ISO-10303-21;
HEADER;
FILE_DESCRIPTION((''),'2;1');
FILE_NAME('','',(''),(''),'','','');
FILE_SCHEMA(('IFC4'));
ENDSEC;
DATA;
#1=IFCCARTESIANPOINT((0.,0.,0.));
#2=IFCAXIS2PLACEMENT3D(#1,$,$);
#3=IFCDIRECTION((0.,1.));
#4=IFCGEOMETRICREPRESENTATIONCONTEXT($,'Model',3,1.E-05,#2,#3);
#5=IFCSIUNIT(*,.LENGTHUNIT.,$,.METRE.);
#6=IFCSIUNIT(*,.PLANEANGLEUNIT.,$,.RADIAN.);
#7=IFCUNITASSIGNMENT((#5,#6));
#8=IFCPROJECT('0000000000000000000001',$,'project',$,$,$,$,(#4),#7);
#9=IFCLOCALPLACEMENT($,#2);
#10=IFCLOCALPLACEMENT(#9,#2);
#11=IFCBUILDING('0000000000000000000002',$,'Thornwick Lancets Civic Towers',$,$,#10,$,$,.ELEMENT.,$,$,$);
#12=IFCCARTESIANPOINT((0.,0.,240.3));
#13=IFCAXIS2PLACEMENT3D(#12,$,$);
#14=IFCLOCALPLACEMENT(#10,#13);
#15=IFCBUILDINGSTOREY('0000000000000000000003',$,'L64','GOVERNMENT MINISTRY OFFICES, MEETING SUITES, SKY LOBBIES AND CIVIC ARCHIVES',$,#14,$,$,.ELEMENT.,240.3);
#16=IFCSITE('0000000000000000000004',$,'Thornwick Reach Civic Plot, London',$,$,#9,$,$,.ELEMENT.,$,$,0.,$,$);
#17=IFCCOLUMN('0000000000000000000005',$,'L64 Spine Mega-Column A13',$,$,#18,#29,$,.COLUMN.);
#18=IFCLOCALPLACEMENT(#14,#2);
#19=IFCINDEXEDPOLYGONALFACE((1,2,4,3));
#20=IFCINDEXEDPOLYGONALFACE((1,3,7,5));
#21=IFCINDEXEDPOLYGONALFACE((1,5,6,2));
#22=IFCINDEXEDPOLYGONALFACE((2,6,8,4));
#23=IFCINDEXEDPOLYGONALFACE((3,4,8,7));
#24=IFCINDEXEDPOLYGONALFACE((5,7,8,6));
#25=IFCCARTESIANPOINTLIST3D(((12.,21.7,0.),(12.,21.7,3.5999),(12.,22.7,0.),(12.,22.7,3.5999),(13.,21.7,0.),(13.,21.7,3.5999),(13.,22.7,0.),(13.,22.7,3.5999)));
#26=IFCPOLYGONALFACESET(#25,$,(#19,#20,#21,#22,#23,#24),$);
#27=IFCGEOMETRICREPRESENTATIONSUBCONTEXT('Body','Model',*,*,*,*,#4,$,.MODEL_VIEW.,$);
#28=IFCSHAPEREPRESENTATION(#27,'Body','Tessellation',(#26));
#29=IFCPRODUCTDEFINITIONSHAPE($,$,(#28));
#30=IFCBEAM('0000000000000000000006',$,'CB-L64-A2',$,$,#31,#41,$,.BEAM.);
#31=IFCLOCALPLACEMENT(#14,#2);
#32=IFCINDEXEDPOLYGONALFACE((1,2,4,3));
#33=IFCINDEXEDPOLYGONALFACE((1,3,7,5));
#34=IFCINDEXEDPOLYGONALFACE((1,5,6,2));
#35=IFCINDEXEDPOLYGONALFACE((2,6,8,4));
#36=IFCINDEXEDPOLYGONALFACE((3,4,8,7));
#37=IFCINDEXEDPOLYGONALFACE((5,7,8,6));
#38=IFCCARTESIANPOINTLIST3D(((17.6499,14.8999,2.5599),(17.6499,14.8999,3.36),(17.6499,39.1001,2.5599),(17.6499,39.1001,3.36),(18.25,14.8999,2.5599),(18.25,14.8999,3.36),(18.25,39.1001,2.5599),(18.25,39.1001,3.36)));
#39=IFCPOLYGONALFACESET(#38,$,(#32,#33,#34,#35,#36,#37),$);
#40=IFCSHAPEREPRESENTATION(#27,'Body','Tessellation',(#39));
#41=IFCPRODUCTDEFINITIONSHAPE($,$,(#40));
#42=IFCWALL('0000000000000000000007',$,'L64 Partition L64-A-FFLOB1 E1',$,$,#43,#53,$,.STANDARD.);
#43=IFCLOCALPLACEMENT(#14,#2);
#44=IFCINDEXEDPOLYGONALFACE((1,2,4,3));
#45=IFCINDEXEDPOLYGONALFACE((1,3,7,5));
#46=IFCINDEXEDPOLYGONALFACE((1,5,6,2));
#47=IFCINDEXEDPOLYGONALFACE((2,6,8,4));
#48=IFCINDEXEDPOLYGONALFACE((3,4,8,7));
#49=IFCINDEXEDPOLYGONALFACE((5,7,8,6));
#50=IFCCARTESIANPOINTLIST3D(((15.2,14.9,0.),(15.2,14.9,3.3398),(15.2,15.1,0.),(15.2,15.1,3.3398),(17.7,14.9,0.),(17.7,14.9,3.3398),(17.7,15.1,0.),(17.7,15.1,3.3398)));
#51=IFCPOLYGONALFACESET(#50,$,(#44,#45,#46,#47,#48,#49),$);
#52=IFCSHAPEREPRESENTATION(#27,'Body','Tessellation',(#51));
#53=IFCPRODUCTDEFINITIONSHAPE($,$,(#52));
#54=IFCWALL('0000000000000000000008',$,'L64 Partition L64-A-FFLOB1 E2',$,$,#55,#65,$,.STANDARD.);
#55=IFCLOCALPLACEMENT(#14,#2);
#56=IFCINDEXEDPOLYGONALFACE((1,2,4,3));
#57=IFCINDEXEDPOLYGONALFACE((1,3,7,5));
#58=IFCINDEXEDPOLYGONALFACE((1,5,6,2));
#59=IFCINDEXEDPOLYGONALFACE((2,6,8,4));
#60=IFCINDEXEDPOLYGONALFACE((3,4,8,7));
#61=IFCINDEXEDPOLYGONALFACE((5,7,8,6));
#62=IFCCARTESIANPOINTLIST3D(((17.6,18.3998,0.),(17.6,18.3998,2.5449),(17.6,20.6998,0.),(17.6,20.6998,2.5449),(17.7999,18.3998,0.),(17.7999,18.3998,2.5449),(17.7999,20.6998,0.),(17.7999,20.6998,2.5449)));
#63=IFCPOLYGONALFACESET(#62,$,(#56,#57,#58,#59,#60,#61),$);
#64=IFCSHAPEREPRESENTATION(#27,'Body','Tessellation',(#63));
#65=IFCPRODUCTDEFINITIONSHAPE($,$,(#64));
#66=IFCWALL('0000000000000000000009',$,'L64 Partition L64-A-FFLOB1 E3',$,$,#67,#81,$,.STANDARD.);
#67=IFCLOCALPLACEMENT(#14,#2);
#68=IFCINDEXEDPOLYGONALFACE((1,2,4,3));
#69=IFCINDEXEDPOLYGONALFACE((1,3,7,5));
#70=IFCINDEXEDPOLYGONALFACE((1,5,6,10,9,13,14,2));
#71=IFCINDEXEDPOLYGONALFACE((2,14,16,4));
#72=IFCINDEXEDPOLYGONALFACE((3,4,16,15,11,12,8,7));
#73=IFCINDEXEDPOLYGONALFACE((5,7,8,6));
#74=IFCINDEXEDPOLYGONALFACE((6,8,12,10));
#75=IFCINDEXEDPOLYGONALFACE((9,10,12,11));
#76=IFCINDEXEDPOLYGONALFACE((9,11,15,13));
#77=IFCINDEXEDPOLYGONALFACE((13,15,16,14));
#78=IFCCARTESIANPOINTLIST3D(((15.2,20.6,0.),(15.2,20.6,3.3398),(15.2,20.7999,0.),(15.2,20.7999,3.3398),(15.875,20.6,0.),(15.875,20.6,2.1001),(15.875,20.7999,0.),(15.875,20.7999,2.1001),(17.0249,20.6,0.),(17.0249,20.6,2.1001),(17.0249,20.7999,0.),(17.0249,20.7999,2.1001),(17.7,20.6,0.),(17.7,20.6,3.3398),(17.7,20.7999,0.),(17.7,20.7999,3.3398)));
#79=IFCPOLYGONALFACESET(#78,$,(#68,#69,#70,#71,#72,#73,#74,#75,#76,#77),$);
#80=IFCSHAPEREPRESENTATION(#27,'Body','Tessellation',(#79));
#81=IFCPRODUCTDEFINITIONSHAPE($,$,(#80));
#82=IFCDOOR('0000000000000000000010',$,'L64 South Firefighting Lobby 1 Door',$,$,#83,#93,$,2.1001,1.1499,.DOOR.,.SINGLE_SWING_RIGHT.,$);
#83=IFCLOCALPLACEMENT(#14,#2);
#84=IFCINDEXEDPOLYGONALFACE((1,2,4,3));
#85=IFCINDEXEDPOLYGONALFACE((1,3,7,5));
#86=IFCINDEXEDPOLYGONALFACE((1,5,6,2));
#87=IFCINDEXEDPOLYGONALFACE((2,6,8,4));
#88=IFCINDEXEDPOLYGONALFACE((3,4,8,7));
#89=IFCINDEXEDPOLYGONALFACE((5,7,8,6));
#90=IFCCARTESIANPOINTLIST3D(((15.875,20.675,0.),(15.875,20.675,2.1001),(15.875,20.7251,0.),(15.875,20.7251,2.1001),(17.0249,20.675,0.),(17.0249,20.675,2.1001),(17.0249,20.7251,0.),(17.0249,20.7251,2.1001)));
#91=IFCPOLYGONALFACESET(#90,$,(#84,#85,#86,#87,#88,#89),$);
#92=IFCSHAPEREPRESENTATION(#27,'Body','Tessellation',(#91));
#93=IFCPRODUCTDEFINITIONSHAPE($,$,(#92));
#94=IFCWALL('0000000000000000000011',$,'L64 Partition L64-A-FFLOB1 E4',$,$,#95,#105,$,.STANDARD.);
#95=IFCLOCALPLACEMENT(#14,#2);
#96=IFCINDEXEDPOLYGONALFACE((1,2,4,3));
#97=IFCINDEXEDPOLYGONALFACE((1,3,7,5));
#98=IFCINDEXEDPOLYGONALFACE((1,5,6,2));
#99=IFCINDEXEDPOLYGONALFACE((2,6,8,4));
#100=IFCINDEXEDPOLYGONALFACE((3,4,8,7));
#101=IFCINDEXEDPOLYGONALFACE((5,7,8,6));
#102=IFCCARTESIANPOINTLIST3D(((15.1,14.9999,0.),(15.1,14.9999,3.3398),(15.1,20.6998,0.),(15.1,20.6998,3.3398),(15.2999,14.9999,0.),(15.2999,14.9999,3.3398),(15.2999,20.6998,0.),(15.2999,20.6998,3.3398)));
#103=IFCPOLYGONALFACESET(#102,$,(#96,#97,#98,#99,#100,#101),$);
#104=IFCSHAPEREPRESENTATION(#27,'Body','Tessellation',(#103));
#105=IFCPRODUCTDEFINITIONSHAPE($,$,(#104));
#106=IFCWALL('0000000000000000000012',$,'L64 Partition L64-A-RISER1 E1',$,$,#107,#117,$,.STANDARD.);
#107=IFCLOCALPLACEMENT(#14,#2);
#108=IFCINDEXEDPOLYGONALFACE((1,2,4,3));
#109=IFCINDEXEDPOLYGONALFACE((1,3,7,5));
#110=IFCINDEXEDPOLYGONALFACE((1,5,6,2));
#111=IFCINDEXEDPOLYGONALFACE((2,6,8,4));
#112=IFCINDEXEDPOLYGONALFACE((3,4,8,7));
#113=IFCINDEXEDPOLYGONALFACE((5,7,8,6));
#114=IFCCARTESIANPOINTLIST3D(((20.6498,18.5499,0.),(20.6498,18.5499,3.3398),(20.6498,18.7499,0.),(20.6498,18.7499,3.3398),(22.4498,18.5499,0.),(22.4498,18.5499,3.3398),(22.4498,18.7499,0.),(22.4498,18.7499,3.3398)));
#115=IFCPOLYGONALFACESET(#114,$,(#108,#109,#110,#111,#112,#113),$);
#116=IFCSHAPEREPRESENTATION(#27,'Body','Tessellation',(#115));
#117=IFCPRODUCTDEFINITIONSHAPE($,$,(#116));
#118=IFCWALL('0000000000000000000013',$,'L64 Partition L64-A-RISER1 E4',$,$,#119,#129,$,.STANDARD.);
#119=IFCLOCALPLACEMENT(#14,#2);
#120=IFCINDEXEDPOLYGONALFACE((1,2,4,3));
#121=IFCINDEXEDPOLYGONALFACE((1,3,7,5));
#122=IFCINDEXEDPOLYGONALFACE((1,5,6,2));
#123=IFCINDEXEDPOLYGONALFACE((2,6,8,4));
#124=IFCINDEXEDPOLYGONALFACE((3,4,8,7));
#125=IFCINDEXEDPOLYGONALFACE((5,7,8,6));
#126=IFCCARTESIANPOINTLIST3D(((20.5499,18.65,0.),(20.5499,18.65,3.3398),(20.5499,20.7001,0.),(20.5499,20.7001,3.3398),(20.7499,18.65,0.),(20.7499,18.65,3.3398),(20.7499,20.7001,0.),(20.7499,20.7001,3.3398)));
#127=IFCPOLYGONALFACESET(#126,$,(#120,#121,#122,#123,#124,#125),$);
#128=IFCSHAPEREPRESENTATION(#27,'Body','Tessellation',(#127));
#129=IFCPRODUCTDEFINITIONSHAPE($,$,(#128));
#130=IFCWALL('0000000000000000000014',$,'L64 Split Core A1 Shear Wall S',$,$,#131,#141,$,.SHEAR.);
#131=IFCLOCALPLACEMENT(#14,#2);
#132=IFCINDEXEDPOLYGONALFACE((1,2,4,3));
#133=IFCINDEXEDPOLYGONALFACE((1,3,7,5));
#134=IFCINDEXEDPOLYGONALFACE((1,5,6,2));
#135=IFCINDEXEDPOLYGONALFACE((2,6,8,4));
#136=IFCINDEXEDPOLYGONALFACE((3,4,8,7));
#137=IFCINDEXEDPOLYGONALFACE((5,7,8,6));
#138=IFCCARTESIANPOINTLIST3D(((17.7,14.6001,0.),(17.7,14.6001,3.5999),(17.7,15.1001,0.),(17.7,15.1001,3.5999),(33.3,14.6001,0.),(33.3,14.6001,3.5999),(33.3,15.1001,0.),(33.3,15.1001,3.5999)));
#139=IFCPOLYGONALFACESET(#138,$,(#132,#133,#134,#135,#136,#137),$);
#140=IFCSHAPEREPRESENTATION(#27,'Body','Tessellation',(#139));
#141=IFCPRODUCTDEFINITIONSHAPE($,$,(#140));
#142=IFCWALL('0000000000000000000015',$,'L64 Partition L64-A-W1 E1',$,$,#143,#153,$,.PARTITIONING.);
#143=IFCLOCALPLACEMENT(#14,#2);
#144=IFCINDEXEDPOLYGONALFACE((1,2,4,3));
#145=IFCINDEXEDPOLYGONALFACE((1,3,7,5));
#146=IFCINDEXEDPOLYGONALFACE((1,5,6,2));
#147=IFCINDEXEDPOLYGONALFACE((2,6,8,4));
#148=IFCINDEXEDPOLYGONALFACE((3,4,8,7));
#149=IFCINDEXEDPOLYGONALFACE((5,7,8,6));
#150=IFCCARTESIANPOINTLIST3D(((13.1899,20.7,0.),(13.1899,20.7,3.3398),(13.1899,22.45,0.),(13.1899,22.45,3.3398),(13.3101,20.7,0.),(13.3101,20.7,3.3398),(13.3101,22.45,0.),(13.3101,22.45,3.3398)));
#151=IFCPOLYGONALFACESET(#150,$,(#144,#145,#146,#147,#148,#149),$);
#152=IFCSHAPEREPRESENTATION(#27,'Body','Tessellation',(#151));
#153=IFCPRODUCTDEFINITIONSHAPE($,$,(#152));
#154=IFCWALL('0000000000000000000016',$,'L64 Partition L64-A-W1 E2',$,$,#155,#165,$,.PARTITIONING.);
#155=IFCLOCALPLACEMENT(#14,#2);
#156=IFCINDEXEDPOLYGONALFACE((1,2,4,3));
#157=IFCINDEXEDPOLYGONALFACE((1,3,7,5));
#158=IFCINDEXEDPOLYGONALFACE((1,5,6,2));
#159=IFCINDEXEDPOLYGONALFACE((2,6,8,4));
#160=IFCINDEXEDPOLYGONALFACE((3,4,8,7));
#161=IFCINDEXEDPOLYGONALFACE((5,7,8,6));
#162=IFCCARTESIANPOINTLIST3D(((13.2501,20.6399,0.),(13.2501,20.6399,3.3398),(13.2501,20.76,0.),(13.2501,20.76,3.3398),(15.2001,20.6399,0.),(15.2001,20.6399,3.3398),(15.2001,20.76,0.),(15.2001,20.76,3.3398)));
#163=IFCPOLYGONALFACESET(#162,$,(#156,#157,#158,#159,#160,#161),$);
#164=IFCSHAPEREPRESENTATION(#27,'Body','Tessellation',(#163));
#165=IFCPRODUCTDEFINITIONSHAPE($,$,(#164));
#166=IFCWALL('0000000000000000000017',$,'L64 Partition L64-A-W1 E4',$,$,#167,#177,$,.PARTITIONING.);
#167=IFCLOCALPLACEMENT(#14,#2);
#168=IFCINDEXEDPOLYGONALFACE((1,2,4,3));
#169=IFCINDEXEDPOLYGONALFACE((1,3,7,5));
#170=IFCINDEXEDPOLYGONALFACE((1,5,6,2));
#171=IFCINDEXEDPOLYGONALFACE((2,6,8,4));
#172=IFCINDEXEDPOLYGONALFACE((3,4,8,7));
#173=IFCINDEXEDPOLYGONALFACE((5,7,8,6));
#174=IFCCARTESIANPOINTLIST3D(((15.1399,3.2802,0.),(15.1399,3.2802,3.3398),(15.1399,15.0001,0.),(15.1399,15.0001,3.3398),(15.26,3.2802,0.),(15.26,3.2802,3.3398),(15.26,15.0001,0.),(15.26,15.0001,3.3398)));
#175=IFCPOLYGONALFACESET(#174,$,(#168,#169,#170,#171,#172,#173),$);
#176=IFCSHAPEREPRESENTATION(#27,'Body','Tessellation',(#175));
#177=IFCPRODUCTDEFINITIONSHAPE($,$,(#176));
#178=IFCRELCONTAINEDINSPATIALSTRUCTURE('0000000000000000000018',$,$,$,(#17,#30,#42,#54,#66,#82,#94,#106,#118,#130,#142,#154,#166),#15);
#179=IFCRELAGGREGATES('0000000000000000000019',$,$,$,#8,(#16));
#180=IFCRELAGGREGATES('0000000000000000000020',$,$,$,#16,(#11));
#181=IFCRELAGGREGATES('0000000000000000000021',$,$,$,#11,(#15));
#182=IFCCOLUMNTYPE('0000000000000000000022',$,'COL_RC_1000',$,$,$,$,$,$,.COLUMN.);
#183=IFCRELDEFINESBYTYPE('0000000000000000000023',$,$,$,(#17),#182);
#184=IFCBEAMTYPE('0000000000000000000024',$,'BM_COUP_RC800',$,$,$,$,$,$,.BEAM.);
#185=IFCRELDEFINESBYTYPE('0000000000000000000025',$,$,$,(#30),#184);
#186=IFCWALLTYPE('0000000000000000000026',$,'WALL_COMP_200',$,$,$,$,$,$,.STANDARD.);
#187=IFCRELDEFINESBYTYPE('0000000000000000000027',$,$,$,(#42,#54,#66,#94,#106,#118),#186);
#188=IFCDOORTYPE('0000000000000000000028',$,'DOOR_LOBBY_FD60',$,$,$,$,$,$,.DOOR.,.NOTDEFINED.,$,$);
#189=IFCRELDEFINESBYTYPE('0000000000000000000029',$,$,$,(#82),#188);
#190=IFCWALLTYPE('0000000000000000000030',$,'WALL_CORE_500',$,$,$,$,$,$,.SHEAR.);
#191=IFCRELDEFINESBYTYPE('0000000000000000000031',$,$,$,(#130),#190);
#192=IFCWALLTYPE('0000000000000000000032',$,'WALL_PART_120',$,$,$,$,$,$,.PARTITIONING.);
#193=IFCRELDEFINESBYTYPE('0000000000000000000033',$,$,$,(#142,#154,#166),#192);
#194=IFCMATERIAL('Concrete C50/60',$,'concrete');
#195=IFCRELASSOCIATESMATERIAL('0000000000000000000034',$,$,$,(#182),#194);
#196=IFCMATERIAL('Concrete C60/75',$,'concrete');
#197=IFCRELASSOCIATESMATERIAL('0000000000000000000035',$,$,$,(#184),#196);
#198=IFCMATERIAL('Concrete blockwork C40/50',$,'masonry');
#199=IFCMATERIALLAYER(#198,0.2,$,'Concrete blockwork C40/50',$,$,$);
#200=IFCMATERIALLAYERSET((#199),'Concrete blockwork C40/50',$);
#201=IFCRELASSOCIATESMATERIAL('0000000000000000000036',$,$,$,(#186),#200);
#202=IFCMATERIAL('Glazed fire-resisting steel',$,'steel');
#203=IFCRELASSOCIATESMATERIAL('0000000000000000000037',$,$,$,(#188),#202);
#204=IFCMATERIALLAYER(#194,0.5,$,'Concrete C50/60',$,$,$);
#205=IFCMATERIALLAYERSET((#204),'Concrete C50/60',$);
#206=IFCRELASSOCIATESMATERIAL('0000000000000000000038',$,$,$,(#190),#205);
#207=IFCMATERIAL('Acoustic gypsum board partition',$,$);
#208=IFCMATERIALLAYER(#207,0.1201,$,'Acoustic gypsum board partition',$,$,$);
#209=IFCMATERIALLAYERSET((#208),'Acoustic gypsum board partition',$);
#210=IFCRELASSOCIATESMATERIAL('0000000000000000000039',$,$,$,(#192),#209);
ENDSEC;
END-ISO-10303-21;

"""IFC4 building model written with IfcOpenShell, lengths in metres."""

from ifc_helpers import new_model, si_unit, direction, frame, frame_2d, origin, origin_2d, place, context, subcontext, project, spatial, rectangle, extrude, material, layer, layer_set, material_profile, profile_set, type_object, element, fill, save


model = new_model("IFC4")

# Units and contexts
model_context = context("Model", 3, precision=1e-05, world=origin(), true_north=direction((0.0, 1.0)))
body_context = subcontext(model_context, "Body", "Model", "MODEL_VIEW")
ifc_project = project(units=[si_unit("LENGTHUNIT", "METRE"), si_unit("PLANEANGLEUNIT", "RADIAN")], contexts=[model_context])

# Site, building, storey
site_placement = place(None, origin())
site = spatial("IfcSite", under=ifc_project, at=site_placement, Name="Thornwick Reach Civic Plot, London", CompositionType="ELEMENT", RefElevation=0.0)
building_placement = place(site_placement, origin())
building = spatial("IfcBuilding", under=site, at=building_placement, Name="Thornwick Lancets Civic Towers", CompositionType="ELEMENT")
storey_placement = place(building_placement, frame((0.0, 0.0, 240.3)))
storey = spatial("IfcBuildingStorey", under=building, at=storey_placement, Name="L64", Description="GOVERNMENT MINISTRY OFFICES, MEETING SUITES, SKY LOBBIES AND CIVIC ARCHIVES", CompositionType="ELEMENT", Elevation=240.3)

# Column
ifc_material_1 = material(Name="Concrete C50/60", Category="concrete")
ifc_material_profile_1 = material_profile(ifc_material_1, rectangle(XDim=1.0, YDim=1.0, at=origin_2d()), Name="RC 1000x1000")
ifc_profile_set_1 = profile_set([ifc_material_profile_1], Name="Concrete C50/60")
column_type = type_object("IfcColumnType", Name="COL_RC_1000", PredefinedType="COLUMN", material=ifc_profile_set_1)
column_placement = place(storey_placement, frame((12.5, 22.2, 0.0), z_axis=(0.0, 0.0, 1.0), x_axis=(1.0, 0.0, 0.0)))
element("IfcColumn", 1, at=column_placement, inside=storey, type_object=column_type, Name="L64 Spine Mega-Column A13", PredefinedType="COLUMN", context=body_context, shape_type="SweptSolid", body=[
    extrude(rectangle(XDim=1.0, YDim=1.0, at=origin_2d()), origin(), (0.0, 0.0, 1.0), 3.5999),
])

# Beam
ifc_material_2 = material(Name="Concrete C60/75", Category="concrete")
ifc_material_profile_2 = material_profile(ifc_material_2, rectangle(XDim=0.6001, YDim=0.8, at=origin_2d()), Name="RC 600x800")
ifc_profile_set_2 = profile_set([ifc_material_profile_2], Name="Concrete C60/75")
beam_type = type_object("IfcBeamType", Name="BM_COUP_RC800", PredefinedType="BEAM", material=ifc_profile_set_2)
beam_placement = place(storey_placement, frame((17.95, 14.8999, 2.96), z_axis=(0.0, 1.0, 0.0), x_axis=(-1.0, 0.0, 0.0)))
element("IfcBeam", 2, at=beam_placement, inside=storey, type_object=beam_type, Name="CB-L64-A2", PredefinedType="BEAM", context=body_context, shape_type="SweptSolid", body=[
    extrude(rectangle(XDim=0.6001, YDim=0.8, at=origin_2d()), origin(), (0.0, 0.0, 1.0), 24.2002),
])

# Walls
ifc_material_3 = material(Name="Concrete blockwork C40/50", Category="masonry")
ifc_layer_1 = layer(ifc_material_3, 0.2, Name="Concrete blockwork C40/50")
ifc_layer_set_1 = layer_set([ifc_layer_1], Name="Concrete blockwork C40/50")
wall_type_1 = type_object("IfcWallType", Name="WALL_COMP_200", PredefinedType="STANDARD", material=ifc_layer_set_1)
wall_1_placement = place(storey_placement, frame((15.2, 15.0, 0.0), z_axis=(0.0, 0.0, 1.0), x_axis=(1.0, 0.0, 0.0)))
element("IfcWall", 3, at=wall_1_placement, inside=storey, type_object=wall_type_1, Name="L64 Partition L64-A-FFLOB1 E1", PredefinedType="STANDARD", context=body_context, shape_type="SweptSolid", body=[
    extrude(rectangle(XDim=2.5, YDim=0.2, at=frame_2d((1.25, 0.0))), origin(), (0.0, 0.0, 1.0), 3.3398),
])
wall_2_placement = place(storey_placement, frame((17.7, 18.3999, 0.0), z_axis=(0.0, 0.0, 1.0), x_axis=(0.0, 1.0, 0.0)))
element("IfcWall", 4, at=wall_2_placement, inside=storey, type_object=wall_type_1, Name="L64 Partition L64-A-FFLOB1 E2", PredefinedType="STANDARD", context=body_context, shape_type="SweptSolid", body=[
    extrude(rectangle(XDim=2.3, YDim=0.2, at=frame_2d((1.1499, 0.0))), origin(), (0.0, 0.0, 1.0), 2.5449),
])

# Wall, opening, door
wall_3_placement = place(storey_placement, frame((17.7, 20.7, 0.0), z_axis=(0.0, 0.0, 1.0), x_axis=(-1.0, 0.0, 0.0)))
wall_3 = element("IfcWall", 5, at=wall_3_placement, inside=storey, type_object=wall_type_1, Name="L64 Partition L64-A-FFLOB1 E3", PredefinedType="STANDARD", context=body_context, shape_type="SweptSolid", body=[
    extrude(rectangle(XDim=2.5, YDim=0.2, at=frame_2d((1.25, 0.0))), origin(), (0.0, 0.0, 1.0), 3.3398),
])
opening_1_placement = place(wall_3_placement, frame((0.675, 0.0, 0.0)))
opening_1 = element("IfcOpeningElement", 6, at=opening_1_placement, cuts=wall_3, PredefinedType="OPENING", context=body_context, shape_type="SweptSolid", body=[
    extrude(rectangle(XDim=1.1499, YDim=2.1001, at=frame_2d((0.575, 1.05))), frame((0.0, 0.1099, 0.0), z_axis=(0.0, -1.0, 0.0), x_axis=(1.0, 0.0, 0.0)), (0.0, 0.0, 1.0), 0.22),
])
ifc_material_4 = material(Name="Glazed fire-resisting steel", Category="steel")
door_type_1 = type_object("IfcDoorType", Name="DOOR_LOBBY_FD60", OperationType="NOTDEFINED", PredefinedType="DOOR", material=ifc_material_4)
door_1_placement = place(opening_1_placement, origin())
door_1 = element("IfcDoor", 7, at=door_1_placement, inside=storey, type_object=door_type_1, Name="L64 South Firefighting Lobby 1 Door", OperationType="SINGLE_SWING_RIGHT", OverallHeight=2.1001, OverallWidth=1.1499, PredefinedType="DOOR", context=body_context, shape_type="SweptSolid", body=[
    extrude(rectangle(XDim=1.1499, YDim=2.1001, at=frame_2d((0.575, 1.05))), frame((0.0, 0.0249, 0.0), z_axis=(0.0, -1.0, 0.0), x_axis=(1.0, 0.0, 0.0)), (0.0, 0.0, 1.0), 0.05),
])
fill(opening_1, door_1)

# Walls
wall_4_placement = place(storey_placement, frame((15.2, 20.7, 0.0), z_axis=(0.0, 0.0, 1.0), x_axis=(0.0, -1.0, 0.0)))
element("IfcWall", 8, at=wall_4_placement, inside=storey, type_object=wall_type_1, Name="L64 Partition L64-A-FFLOB1 E4", PredefinedType="STANDARD", context=body_context, shape_type="SweptSolid", body=[
    extrude(rectangle(XDim=5.7, YDim=0.2, at=frame_2d((2.8501, 0.0))), origin(), (0.0, 0.0, 1.0), 3.3398),
])
wall_5_placement = place(storey_placement, frame((20.6499, 18.6499, 0.0), z_axis=(0.0, 0.0, 1.0), x_axis=(1.0, 0.0, 0.0)))
element("IfcWall", 9, at=wall_5_placement, inside=storey, type_object=wall_type_1, Name="L64 Partition L64-A-RISER1 E1", PredefinedType="STANDARD", context=body_context, shape_type="SweptSolid", body=[
    extrude(rectangle(XDim=1.8, YDim=0.2, at=frame_2d((0.8999, 0.0))), origin(), (0.0, 0.0, 1.0), 3.3398),
])
wall_6_placement = place(storey_placement, frame((20.6499, 20.7, 0.0), z_axis=(0.0, 0.0, 1.0), x_axis=(0.0, -1.0, 0.0)))
element("IfcWall", 10, at=wall_6_placement, inside=storey, type_object=wall_type_1, Name="L64 Partition L64-A-RISER1 E4", PredefinedType="STANDARD", context=body_context, shape_type="SweptSolid", body=[
    extrude(rectangle(XDim=2.05, YDim=0.2, at=frame_2d((1.0249, 0.0))), origin(), (0.0, 0.0, 1.0), 3.3398),
])
ifc_layer_2 = layer(ifc_material_1, 0.5, Name="Concrete C50/60")
ifc_layer_set_2 = layer_set([ifc_layer_2], Name="Concrete C50/60")
wall_type_2 = type_object("IfcWallType", Name="WALL_CORE_500", PredefinedType="SHEAR", material=ifc_layer_set_2)
wall_7_placement = place(storey_placement, frame((17.7, 14.8501, 0.0), z_axis=(0.0, 0.0, 1.0), x_axis=(1.0, 0.0, 0.0)))
element("IfcWall", 11, at=wall_7_placement, inside=storey, type_object=wall_type_2, Name="L64 Split Core A1 Shear Wall S", PredefinedType="SHEAR", context=body_context, shape_type="SweptSolid", body=[
    extrude(rectangle(XDim=15.6001, YDim=0.5, at=frame_2d((7.8, 0.0))), origin(), (0.0, 0.0, 1.0), 3.5999),
])
ifc_material_5 = material(Name="Acoustic gypsum board partition")
ifc_layer_3 = layer(ifc_material_5, 0.1201, Name="Acoustic gypsum board partition")
ifc_layer_set_3 = layer_set([ifc_layer_3], Name="Acoustic gypsum board partition")
wall_type_3 = type_object("IfcWallType", Name="WALL_PART_120", PredefinedType="PARTITIONING", material=ifc_layer_set_3)
wall_8_placement = place(storey_placement, frame((13.25, 22.45, 0.0), z_axis=(0.0, 0.0, 1.0), x_axis=(0.0, -1.0, 0.0)))
element("IfcWall", 12, at=wall_8_placement, inside=storey, type_object=wall_type_3, Name="L64 Partition L64-A-W1 E1", PredefinedType="PARTITIONING", context=body_context, shape_type="SweptSolid", body=[
    extrude(rectangle(XDim=1.75, YDim=0.1201, at=frame_2d((0.875, 0.0))), origin(), (0.0, 0.0, 1.0), 3.3398),
])
wall_9_placement = place(storey_placement, frame((13.25, 20.7, 0.0), z_axis=(0.0, 0.0, 1.0), x_axis=(1.0, 0.0, 0.0)))
element("IfcWall", 13, at=wall_9_placement, inside=storey, type_object=wall_type_3, Name="L64 Partition L64-A-W1 E2", PredefinedType="PARTITIONING", context=body_context, shape_type="SweptSolid", body=[
    extrude(rectangle(XDim=1.95, YDim=0.1201, at=frame_2d((0.9751, 0.0))), origin(), (0.0, 0.0, 1.0), 3.3398),
])
wall_10_placement = place(storey_placement, frame((15.2, 15.0, 0.0), z_axis=(0.0, 0.0, 1.0), x_axis=(0.0, -1.0, 0.0)))
element("IfcWall", 14, at=wall_10_placement, inside=storey, type_object=wall_type_3, Name="L64 Partition L64-A-W1 E4", PredefinedType="PARTITIONING", context=body_context, shape_type="SweptSolid", body=[
    extrude(rectangle(XDim=11.72, YDim=0.1201, at=frame_2d((5.8599, 0.0))), origin(), (0.0, 0.0, 1.0), 3.3398),
])

save(model, "model.ifc")
